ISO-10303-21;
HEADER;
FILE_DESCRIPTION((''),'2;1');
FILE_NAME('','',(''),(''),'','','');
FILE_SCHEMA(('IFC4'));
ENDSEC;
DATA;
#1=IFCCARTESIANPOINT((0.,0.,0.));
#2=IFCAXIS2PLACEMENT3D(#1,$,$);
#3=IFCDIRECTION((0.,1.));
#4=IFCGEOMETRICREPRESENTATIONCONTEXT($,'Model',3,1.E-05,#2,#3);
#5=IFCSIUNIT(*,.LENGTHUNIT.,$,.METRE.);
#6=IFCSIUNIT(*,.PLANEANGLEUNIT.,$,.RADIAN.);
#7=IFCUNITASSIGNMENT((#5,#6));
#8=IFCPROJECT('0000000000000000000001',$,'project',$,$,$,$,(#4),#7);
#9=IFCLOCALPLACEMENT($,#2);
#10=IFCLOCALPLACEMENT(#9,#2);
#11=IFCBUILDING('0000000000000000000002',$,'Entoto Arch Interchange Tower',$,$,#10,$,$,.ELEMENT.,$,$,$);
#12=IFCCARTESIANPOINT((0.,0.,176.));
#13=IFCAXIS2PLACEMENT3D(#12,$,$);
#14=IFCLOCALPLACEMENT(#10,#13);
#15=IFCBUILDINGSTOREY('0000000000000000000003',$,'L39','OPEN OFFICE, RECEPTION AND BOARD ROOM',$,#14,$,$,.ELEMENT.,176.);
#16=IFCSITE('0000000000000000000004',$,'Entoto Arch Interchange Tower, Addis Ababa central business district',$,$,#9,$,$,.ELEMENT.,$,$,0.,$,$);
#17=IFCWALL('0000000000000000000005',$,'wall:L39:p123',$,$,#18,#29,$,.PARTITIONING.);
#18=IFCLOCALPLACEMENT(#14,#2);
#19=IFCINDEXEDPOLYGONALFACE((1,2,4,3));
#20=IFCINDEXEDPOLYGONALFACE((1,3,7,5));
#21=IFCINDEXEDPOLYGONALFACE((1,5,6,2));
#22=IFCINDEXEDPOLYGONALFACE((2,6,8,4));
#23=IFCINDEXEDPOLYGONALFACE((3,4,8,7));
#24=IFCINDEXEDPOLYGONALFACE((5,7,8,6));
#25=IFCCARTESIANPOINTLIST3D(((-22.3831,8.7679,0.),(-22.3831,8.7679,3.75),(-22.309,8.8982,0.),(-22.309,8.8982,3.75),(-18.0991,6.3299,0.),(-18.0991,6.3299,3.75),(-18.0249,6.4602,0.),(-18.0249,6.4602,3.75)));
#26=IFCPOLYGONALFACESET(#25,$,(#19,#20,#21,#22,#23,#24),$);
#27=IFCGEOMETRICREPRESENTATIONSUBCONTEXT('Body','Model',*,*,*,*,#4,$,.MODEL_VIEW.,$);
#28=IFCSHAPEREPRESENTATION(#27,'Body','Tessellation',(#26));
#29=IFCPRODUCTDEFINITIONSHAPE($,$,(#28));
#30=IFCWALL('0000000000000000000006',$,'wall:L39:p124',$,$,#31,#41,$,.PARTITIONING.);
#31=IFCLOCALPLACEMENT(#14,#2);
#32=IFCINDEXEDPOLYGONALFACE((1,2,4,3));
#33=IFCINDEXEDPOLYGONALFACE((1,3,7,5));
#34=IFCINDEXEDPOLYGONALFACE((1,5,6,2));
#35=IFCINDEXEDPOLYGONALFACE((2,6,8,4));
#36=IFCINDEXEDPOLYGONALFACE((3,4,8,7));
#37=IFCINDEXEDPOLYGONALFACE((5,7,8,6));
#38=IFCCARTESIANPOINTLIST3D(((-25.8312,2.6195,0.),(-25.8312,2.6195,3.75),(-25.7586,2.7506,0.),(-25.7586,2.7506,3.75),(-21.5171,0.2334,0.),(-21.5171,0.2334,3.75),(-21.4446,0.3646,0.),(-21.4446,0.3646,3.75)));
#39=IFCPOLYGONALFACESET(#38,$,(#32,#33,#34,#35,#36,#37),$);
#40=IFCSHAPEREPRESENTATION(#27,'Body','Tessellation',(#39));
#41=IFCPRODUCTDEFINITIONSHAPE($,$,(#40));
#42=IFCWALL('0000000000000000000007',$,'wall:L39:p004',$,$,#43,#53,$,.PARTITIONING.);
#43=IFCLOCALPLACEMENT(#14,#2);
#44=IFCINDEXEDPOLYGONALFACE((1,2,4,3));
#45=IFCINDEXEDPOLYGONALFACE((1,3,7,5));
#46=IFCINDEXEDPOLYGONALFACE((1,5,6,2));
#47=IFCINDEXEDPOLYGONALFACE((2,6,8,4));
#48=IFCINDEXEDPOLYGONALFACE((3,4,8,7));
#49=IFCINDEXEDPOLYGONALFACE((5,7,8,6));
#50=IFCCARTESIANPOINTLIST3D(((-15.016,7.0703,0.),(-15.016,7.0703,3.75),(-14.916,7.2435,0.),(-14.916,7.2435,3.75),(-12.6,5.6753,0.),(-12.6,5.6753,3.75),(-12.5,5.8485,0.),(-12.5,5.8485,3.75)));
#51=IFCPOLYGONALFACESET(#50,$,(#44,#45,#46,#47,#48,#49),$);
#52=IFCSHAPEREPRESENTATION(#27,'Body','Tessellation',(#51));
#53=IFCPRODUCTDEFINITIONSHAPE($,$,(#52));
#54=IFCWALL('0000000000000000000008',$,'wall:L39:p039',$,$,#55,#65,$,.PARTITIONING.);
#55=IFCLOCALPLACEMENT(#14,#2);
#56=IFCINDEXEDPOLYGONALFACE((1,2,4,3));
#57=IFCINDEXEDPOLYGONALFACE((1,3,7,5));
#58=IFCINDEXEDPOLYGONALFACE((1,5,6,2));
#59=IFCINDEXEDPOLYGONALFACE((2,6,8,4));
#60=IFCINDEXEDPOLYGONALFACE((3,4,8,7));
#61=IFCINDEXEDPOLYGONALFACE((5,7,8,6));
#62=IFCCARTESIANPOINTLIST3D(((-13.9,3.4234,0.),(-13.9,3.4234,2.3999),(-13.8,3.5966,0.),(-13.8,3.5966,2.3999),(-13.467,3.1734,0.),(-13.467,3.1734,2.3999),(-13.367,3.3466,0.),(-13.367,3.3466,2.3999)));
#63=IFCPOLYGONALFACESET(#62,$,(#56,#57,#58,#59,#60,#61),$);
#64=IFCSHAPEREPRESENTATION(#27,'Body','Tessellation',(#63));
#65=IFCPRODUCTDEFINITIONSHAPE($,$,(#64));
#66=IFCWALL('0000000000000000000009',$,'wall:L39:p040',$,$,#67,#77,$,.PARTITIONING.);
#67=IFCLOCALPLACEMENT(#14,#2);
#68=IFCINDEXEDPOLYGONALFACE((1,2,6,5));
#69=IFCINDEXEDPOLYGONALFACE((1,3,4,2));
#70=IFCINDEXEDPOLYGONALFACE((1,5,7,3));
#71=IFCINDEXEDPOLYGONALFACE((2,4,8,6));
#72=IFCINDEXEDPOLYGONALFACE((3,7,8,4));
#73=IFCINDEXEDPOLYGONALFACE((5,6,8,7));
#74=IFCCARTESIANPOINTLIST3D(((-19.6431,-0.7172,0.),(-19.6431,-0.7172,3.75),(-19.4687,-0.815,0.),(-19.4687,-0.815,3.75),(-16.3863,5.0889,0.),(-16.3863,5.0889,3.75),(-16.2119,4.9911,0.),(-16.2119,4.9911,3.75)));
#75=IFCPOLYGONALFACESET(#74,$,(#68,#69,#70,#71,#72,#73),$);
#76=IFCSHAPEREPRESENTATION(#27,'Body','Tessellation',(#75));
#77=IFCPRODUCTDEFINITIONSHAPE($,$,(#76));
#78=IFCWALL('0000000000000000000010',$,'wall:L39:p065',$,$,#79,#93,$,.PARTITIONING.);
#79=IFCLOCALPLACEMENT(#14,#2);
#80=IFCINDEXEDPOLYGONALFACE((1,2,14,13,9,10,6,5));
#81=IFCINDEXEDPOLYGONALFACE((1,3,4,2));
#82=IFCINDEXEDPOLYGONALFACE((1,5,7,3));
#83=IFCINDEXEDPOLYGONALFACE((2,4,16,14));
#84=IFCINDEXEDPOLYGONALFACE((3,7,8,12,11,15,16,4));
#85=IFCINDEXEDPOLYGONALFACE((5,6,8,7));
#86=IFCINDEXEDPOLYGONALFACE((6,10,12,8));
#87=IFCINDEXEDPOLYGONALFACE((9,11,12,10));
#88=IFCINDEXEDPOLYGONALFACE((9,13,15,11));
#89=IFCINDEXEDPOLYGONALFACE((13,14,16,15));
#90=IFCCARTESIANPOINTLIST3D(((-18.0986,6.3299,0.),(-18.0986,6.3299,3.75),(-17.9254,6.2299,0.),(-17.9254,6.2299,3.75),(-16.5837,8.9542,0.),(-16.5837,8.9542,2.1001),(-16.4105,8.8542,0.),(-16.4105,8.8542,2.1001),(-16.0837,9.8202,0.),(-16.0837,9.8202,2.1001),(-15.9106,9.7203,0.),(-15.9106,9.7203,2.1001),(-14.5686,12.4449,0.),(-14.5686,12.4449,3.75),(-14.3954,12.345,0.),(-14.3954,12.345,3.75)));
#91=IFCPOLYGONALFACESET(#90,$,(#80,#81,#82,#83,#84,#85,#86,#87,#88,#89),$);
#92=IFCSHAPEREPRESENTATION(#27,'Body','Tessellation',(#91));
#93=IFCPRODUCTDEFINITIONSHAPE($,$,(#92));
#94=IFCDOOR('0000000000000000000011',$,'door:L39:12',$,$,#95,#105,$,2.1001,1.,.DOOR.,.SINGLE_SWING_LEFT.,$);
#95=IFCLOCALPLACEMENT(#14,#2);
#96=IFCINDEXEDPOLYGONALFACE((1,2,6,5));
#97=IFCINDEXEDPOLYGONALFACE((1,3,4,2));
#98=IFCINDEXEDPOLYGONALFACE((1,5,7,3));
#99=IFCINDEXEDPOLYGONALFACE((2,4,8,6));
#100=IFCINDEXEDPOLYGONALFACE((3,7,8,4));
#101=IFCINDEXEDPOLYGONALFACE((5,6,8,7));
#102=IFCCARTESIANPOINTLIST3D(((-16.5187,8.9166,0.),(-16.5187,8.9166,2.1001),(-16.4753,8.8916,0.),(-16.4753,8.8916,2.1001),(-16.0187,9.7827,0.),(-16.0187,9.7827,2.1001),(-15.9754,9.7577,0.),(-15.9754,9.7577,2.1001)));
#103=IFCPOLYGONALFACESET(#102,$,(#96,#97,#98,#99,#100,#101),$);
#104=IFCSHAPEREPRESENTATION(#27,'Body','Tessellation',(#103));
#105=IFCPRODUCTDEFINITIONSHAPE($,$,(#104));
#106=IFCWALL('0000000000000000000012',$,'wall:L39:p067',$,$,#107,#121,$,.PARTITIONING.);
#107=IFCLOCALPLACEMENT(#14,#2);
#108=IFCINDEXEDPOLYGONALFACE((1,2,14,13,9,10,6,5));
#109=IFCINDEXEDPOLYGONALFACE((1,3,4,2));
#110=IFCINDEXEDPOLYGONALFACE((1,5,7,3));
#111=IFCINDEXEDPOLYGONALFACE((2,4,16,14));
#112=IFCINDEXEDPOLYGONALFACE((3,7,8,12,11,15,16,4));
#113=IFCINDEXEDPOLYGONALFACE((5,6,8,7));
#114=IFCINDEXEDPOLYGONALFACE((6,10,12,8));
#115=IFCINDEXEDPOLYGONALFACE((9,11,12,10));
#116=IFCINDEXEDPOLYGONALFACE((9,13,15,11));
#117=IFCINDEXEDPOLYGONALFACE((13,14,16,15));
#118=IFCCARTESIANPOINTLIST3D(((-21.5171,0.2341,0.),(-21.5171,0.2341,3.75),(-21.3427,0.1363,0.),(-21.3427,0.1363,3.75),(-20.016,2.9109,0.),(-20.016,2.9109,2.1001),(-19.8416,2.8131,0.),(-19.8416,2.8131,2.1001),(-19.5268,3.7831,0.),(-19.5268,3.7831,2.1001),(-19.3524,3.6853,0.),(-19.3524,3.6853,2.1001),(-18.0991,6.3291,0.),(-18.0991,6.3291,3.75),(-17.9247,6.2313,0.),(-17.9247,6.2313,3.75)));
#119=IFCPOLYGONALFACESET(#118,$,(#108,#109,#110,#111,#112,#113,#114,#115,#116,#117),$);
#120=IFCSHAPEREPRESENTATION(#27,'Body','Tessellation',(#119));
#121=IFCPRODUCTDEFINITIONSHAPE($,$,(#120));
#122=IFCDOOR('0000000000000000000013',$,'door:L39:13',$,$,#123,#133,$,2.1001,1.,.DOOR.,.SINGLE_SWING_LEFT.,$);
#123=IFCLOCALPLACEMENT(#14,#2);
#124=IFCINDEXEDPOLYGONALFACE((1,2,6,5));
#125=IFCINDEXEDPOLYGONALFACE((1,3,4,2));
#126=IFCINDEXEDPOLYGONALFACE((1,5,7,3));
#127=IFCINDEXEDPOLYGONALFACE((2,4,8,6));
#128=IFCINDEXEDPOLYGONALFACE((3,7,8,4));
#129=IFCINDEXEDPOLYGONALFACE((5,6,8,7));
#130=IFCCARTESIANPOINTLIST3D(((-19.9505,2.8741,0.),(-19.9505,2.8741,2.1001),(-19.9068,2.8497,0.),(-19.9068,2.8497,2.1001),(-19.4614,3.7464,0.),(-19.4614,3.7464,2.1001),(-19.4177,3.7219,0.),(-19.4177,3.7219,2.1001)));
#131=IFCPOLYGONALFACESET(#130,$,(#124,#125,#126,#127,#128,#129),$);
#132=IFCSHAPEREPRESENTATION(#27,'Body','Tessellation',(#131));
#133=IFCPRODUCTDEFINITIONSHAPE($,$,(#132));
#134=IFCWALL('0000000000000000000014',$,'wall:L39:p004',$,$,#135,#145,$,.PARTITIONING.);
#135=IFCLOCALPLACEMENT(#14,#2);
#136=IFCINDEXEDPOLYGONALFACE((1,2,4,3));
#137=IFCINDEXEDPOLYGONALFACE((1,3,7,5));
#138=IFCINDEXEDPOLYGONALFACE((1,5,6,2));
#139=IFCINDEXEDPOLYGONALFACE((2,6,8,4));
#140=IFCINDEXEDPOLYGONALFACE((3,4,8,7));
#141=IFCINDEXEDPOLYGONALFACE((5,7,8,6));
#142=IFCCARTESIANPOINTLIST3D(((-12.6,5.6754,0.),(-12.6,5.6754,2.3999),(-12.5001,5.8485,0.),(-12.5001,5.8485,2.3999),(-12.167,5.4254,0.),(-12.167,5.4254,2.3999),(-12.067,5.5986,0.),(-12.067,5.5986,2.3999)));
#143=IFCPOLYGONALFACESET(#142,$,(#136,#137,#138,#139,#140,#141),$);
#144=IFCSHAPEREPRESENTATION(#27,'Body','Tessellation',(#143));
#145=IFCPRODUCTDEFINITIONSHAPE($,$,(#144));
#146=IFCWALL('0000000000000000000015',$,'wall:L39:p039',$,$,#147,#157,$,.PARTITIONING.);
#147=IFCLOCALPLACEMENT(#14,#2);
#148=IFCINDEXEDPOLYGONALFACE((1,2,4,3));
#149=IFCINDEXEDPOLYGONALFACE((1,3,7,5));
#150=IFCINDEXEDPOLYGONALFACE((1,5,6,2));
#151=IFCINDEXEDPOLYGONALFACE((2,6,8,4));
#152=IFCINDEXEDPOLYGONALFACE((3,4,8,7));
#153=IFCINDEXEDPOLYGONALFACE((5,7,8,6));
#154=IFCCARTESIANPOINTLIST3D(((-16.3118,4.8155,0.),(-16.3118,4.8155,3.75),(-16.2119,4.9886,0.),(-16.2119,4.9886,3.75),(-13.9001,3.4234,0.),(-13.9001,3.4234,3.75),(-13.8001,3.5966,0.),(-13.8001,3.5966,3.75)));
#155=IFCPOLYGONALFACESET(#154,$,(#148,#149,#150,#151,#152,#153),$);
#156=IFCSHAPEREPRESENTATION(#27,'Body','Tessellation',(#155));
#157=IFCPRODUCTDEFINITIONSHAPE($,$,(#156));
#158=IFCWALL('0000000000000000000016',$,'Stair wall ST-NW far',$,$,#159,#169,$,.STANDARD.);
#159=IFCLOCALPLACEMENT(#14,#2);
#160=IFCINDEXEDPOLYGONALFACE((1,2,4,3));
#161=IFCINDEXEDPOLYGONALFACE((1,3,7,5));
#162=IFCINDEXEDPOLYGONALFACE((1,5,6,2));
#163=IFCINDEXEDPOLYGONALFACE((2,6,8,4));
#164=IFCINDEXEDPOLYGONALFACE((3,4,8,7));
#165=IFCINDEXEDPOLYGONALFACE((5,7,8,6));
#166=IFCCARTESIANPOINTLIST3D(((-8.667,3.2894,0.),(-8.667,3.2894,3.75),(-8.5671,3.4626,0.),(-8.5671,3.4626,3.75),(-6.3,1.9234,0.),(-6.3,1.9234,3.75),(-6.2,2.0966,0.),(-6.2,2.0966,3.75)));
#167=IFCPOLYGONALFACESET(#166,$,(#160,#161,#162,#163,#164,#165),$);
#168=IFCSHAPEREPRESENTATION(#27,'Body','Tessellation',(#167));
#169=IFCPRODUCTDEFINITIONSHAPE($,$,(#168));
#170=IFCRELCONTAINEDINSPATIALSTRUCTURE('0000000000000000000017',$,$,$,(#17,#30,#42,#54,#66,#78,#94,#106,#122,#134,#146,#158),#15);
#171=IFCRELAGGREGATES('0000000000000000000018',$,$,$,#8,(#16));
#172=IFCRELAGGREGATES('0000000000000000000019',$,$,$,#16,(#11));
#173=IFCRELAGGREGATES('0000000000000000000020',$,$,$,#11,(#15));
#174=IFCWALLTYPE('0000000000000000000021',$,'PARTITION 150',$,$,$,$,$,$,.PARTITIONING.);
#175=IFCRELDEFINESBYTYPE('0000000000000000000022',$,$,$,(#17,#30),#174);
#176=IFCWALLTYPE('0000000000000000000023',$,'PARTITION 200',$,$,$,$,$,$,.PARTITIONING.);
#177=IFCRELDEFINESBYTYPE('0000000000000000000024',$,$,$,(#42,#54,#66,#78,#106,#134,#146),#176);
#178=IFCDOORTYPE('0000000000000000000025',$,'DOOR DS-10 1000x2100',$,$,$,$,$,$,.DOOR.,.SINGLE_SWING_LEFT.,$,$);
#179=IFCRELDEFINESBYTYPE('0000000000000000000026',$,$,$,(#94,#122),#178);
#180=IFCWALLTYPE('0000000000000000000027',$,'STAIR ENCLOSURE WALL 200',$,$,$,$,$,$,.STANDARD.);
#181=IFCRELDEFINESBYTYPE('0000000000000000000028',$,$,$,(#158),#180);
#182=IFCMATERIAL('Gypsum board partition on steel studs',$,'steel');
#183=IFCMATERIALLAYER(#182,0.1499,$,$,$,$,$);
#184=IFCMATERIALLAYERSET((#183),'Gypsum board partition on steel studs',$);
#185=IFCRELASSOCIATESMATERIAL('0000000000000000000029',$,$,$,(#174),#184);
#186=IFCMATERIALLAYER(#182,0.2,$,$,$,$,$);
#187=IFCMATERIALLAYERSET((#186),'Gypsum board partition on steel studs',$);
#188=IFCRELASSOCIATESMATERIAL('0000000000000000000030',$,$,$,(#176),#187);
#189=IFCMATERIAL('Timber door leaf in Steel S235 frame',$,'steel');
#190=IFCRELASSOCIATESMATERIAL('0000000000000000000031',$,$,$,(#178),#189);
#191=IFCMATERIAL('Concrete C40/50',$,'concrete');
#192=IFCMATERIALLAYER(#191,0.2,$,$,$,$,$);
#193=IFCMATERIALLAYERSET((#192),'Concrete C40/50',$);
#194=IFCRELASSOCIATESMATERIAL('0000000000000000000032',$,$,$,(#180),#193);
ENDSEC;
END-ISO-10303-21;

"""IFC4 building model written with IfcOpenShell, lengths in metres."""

from ifc_helpers import new_model, si_unit, direction, frame, frame_2d, origin, place, context, subcontext, project, spatial, rectangle, extrude, material, layer, layer_set, type_object, element, fill, save


model = new_model("IFC4")

# Units and contexts
model_context = context("Model", 3, precision=1e-05, world=origin(), true_north=direction((0.0, 1.0)))
body_context = subcontext(model_context, "Body", "Model", "MODEL_VIEW")
ifc_project = project(units=[si_unit("LENGTHUNIT", "METRE"), si_unit("PLANEANGLEUNIT", "RADIAN")], contexts=[model_context])

# Site, building, storey
site_placement = place(None, origin())
site = spatial("IfcSite", under=ifc_project, at=site_placement, Name="Entoto Arch Interchange Tower, Addis Ababa central business district", CompositionType="ELEMENT", RefElevation=0.0)
building_placement = place(site_placement, origin())
building = spatial("IfcBuilding", under=site, at=building_placement, Name="Entoto Arch Interchange Tower", CompositionType="ELEMENT")
storey_placement = place(building_placement, frame((0.0, 0.0, 176.0)))
storey = spatial("IfcBuildingStorey", under=building, at=storey_placement, Name="L39", Description="OPEN OFFICE, RECEPTION AND BOARD ROOM", CompositionType="ELEMENT", Elevation=176.0)

# Shared definitions
ifc_material_1 = material(Name="Concrete C40/50", Category="concrete")

# Walls
ifc_material_2 = material(Name="Gypsum board partition on steel studs", Category="steel")
ifc_layer_1 = layer(ifc_material_2, 0.1499)
ifc_layer_set_1 = layer_set([ifc_layer_1], Name="Gypsum board partition on steel studs")
wall_type_1 = type_object("IfcWallType", Name="PARTITION 150", PredefinedType="PARTITIONING", material=ifc_layer_set_1)
wall_1_placement = place(storey_placement, frame((-18.062, 6.395, 0.0), z_axis=(0.0, 0.0, 1.0), x_axis=(-0.869114, 0.494613, 0.0)))
element("IfcWall", 1, at=wall_1_placement, inside=storey, type_object=wall_type_1, Name="wall:L39:p123", PredefinedType="PARTITIONING", context=body_context, shape_type="SweptSolid", body=[
    extrude(rectangle(XDim=4.9292, YDim=0.1499, at=frame_2d((2.4646, 0.0))), origin(), (0.0, 0.0, 1.0), 3.75),
])
wall_2_placement = place(storey_placement, frame((-21.481, 0.2991, 0.0), z_axis=(0.0, 0.0, 1.0), x_axis=(-0.875074, 0.48399, 0.0)))
element("IfcWall", 2, at=wall_2_placement, inside=storey, type_object=wall_type_1, Name="wall:L39:p124", PredefinedType="PARTITIONING", context=body_context, shape_type="SweptSolid", body=[
    extrude(rectangle(XDim=4.9299, YDim=0.1499, at=frame_2d((2.4648, 0.0))), origin(), (0.0, 0.0, 1.0), 3.75),
])
ifc_layer_2 = layer(ifc_material_2, 0.2)
ifc_layer_set_2 = layer_set([ifc_layer_2], Name="Gypsum board partition on steel studs")
wall_type_2 = type_object("IfcWallType", Name="PARTITION 200", PredefinedType="PARTITIONING", material=ifc_layer_set_2)
wall_3_placement = place(storey_placement, frame((-14.9661, 7.157, 0.0), z_axis=(0.0, 0.0, 1.0), x_axis=(0.866005, -0.500036, 0.0)))
element("IfcWall", 3, at=wall_3_placement, inside=storey, type_object=wall_type_2, Name="wall:L39:p004", PredefinedType="PARTITIONING", context=body_context, shape_type="SweptSolid", body=[
    extrude(rectangle(XDim=2.7898, YDim=0.2, at=frame_2d((1.395, 0.0))), origin(), (0.0, 0.0, 1.0), 3.75),
])
wall_4_placement = place(storey_placement, frame((-13.417, 3.26, 0.0), z_axis=(0.0, 0.0, 1.0), x_axis=(-0.866072, 0.49992, 0.0)))
element("IfcWall", 4, at=wall_4_placement, inside=storey, type_object=wall_type_2, Name="wall:L39:p039", PredefinedType="PARTITIONING", context=body_context, shape_type="SweptSolid", body=[
    extrude(rectangle(XDim=0.5, YDim=0.2, at=frame_2d((0.25, 0.0))), origin(), (0.0, 0.0, 1.0), 2.3999),
])
wall_5_placement = place(storey_placement, frame((-16.2991, 5.04, 0.0), z_axis=(0.0, 0.0, 1.0), x_axis=(-0.48922, -0.872161, 0.0)))
element("IfcWall", 5, at=wall_5_placement, inside=storey, type_object=wall_type_2, Name="wall:L39:p040", PredefinedType="PARTITIONING", context=body_context, shape_type="SweptSolid", body=[
    extrude(rectangle(XDim=6.6572, YDim=0.2, at=frame_2d((3.3286, 0.0))), origin(), (0.0, 0.0, 1.0), 3.75),
])

# Walls, openings, doors
wall_6_placement = place(storey_placement, frame((-18.012, 6.28, 0.0), z_axis=(0.0, 0.0, 1.0), x_axis=(0.499951, 0.866054, 0.0)))
wall_6 = element("IfcWall", 6, at=wall_6_placement, inside=storey, type_object=wall_type_2, Name="wall:L39:p065", PredefinedType="PARTITIONING", context=body_context, shape_type="SweptSolid", body=[
    extrude(rectangle(XDim=7.0608, YDim=0.2, at=frame_2d((3.5303, 0.0))), origin(), (0.0, 0.0, 1.0), 3.75),
])
opening_1_placement = place(wall_6_placement, frame((3.03, 0.0, 0.0)))
opening_1 = element("IfcOpeningElement", 7, at=opening_1_placement, cuts=wall_6, PredefinedType="OPENING", context=body_context, shape_type="SweptSolid", body=[
    extrude(rectangle(XDim=1.0, YDim=2.1001, at=frame_2d((0.5, 1.05))), frame((0.0, 0.1099, 0.0), z_axis=(0.0, -1.0, 0.0), x_axis=(1.0, 0.0, 0.0)), (0.0, 0.0, 1.0), 0.22),
])
ifc_material_3 = material(Name="Timber door leaf in Steel S235 frame", Category="steel")
door_type_1 = type_object("IfcDoorType", Name="DOOR DS-10 1000x2100", OperationType="SINGLE_SWING_LEFT", PredefinedType="DOOR", material=ifc_material_3)
door_1_placement = place(opening_1_placement, origin())
door_1 = element("IfcDoor", 8, at=door_1_placement, inside=storey, type_object=door_type_1, Name="door:L39:12", OperationType="SINGLE_SWING_LEFT", OverallHeight=2.1001, OverallWidth=1.0, PredefinedType="DOOR", context=body_context, shape_type="SweptSolid", body=[
    extrude(rectangle(XDim=1.0, YDim=2.1001, at=frame_2d((0.5, 1.05))), frame((0.0, 0.0249, 0.0), z_axis=(0.0, -1.0, 0.0), x_axis=(1.0, 0.0, 0.0)), (0.0, 0.0, 1.0), 0.05),
])
fill(opening_1, door_1)
wall_7_placement = place(storey_placement, frame((-21.4299, 0.1851, 0.0), z_axis=(0.0, 0.0, 1.0), x_axis=(0.489125, 0.872214, 0.0)))
wall_7 = element("IfcWall", 9, at=wall_7_placement, inside=storey, type_object=wall_type_2, Name="wall:L39:p067", PredefinedType="PARTITIONING", context=body_context, shape_type="SweptSolid", body=[
    extrude(rectangle(XDim=6.988, YDim=0.2, at=frame_2d((3.4941, 0.0))), origin(), (0.0, 0.0, 1.0), 3.75),
])
opening_2_placement = place(wall_7_placement, frame((3.0691, 0.0, 0.0)))
opening_2 = element("IfcOpeningElement", 10, at=opening_2_placement, cuts=wall_7, PredefinedType="OPENING", context=body_context, shape_type="SweptSolid", body=[
    extrude(rectangle(XDim=1.0, YDim=2.1001, at=frame_2d((0.5, 1.05))), frame((0.0, 0.1099, 0.0), z_axis=(0.0, -1.0, 0.0), x_axis=(1.0, 0.0, 0.0)), (0.0, 0.0, 1.0), 0.22),
])
door_2_placement = place(opening_2_placement, origin())
door_2 = element("IfcDoor", 11, at=door_2_placement, inside=storey, type_object=door_type_1, Name="door:L39:13", OperationType="SINGLE_SWING_LEFT", OverallHeight=2.1001, OverallWidth=1.0, PredefinedType="DOOR", context=body_context, shape_type="SweptSolid", body=[
    extrude(rectangle(XDim=1.0, YDim=2.1001, at=frame_2d((0.5, 1.05))), frame((0.0, 0.0249, 0.0), z_axis=(0.0, -1.0, 0.0), x_axis=(1.0, 0.0, 0.0)), (0.0, 0.0, 1.0), 0.05),
])
fill(opening_2, door_2)

# Walls
wall_8_placement = place(storey_placement, frame((-12.55, 5.762, 0.0), z_axis=(0.0, 0.0, 1.0), x_axis=(0.866072, -0.49992, 0.0)))
element("IfcWall", 12, at=wall_8_placement, inside=storey, type_object=wall_type_2, Name="wall:L39:p004", PredefinedType="PARTITIONING", context=body_context, shape_type="SweptSolid", body=[
    extrude(rectangle(XDim=0.5, YDim=0.2, at=frame_2d((0.25, 0.0))), origin(), (0.0, 0.0, 1.0), 2.3999),
])
wall_9_placement = place(storey_placement, frame((-13.8501, 3.51, 0.0), z_axis=(0.0, 0.0, 1.0), x_axis=(-0.866088, 0.499892, 0.0)))
element("IfcWall", 13, at=wall_9_placement, inside=storey, type_object=wall_type_2, Name="wall:L39:p039", PredefinedType="PARTITIONING", context=body_context, shape_type="SweptSolid", body=[
    extrude(rectangle(XDim=2.7847, YDim=0.2, at=frame_2d((1.3923, 0.0))), origin(), (0.0, 0.0, 1.0), 3.75),
])
ifc_layer_3 = layer(ifc_material_1, 0.2)
ifc_layer_set_3 = layer_set([ifc_layer_3], Name="Concrete C40/50")
wall_type_3 = type_object("IfcWallType", Name="STAIR ENCLOSURE WALL 200", PredefinedType="STANDARD", material=ifc_layer_set_3)
wall_10_placement = place(storey_placement, frame((-6.25, 2.01, 0.0), z_axis=(0.0, 0.0, 1.0), x_axis=(-0.866119, 0.499838, 0.0)))
element("IfcWall", 14, at=wall_10_placement, inside=storey, type_object=wall_type_3, Name="Stair wall ST-NW far", PredefinedType="STANDARD", context=body_context, shape_type="SweptSolid", body=[
    extrude(rectangle(XDim=2.7329, YDim=0.2, at=frame_2d((1.3665, 0.0))), origin(), (0.0, 0.0, 1.0), 3.75),
])

save(model, "model.ifc")
